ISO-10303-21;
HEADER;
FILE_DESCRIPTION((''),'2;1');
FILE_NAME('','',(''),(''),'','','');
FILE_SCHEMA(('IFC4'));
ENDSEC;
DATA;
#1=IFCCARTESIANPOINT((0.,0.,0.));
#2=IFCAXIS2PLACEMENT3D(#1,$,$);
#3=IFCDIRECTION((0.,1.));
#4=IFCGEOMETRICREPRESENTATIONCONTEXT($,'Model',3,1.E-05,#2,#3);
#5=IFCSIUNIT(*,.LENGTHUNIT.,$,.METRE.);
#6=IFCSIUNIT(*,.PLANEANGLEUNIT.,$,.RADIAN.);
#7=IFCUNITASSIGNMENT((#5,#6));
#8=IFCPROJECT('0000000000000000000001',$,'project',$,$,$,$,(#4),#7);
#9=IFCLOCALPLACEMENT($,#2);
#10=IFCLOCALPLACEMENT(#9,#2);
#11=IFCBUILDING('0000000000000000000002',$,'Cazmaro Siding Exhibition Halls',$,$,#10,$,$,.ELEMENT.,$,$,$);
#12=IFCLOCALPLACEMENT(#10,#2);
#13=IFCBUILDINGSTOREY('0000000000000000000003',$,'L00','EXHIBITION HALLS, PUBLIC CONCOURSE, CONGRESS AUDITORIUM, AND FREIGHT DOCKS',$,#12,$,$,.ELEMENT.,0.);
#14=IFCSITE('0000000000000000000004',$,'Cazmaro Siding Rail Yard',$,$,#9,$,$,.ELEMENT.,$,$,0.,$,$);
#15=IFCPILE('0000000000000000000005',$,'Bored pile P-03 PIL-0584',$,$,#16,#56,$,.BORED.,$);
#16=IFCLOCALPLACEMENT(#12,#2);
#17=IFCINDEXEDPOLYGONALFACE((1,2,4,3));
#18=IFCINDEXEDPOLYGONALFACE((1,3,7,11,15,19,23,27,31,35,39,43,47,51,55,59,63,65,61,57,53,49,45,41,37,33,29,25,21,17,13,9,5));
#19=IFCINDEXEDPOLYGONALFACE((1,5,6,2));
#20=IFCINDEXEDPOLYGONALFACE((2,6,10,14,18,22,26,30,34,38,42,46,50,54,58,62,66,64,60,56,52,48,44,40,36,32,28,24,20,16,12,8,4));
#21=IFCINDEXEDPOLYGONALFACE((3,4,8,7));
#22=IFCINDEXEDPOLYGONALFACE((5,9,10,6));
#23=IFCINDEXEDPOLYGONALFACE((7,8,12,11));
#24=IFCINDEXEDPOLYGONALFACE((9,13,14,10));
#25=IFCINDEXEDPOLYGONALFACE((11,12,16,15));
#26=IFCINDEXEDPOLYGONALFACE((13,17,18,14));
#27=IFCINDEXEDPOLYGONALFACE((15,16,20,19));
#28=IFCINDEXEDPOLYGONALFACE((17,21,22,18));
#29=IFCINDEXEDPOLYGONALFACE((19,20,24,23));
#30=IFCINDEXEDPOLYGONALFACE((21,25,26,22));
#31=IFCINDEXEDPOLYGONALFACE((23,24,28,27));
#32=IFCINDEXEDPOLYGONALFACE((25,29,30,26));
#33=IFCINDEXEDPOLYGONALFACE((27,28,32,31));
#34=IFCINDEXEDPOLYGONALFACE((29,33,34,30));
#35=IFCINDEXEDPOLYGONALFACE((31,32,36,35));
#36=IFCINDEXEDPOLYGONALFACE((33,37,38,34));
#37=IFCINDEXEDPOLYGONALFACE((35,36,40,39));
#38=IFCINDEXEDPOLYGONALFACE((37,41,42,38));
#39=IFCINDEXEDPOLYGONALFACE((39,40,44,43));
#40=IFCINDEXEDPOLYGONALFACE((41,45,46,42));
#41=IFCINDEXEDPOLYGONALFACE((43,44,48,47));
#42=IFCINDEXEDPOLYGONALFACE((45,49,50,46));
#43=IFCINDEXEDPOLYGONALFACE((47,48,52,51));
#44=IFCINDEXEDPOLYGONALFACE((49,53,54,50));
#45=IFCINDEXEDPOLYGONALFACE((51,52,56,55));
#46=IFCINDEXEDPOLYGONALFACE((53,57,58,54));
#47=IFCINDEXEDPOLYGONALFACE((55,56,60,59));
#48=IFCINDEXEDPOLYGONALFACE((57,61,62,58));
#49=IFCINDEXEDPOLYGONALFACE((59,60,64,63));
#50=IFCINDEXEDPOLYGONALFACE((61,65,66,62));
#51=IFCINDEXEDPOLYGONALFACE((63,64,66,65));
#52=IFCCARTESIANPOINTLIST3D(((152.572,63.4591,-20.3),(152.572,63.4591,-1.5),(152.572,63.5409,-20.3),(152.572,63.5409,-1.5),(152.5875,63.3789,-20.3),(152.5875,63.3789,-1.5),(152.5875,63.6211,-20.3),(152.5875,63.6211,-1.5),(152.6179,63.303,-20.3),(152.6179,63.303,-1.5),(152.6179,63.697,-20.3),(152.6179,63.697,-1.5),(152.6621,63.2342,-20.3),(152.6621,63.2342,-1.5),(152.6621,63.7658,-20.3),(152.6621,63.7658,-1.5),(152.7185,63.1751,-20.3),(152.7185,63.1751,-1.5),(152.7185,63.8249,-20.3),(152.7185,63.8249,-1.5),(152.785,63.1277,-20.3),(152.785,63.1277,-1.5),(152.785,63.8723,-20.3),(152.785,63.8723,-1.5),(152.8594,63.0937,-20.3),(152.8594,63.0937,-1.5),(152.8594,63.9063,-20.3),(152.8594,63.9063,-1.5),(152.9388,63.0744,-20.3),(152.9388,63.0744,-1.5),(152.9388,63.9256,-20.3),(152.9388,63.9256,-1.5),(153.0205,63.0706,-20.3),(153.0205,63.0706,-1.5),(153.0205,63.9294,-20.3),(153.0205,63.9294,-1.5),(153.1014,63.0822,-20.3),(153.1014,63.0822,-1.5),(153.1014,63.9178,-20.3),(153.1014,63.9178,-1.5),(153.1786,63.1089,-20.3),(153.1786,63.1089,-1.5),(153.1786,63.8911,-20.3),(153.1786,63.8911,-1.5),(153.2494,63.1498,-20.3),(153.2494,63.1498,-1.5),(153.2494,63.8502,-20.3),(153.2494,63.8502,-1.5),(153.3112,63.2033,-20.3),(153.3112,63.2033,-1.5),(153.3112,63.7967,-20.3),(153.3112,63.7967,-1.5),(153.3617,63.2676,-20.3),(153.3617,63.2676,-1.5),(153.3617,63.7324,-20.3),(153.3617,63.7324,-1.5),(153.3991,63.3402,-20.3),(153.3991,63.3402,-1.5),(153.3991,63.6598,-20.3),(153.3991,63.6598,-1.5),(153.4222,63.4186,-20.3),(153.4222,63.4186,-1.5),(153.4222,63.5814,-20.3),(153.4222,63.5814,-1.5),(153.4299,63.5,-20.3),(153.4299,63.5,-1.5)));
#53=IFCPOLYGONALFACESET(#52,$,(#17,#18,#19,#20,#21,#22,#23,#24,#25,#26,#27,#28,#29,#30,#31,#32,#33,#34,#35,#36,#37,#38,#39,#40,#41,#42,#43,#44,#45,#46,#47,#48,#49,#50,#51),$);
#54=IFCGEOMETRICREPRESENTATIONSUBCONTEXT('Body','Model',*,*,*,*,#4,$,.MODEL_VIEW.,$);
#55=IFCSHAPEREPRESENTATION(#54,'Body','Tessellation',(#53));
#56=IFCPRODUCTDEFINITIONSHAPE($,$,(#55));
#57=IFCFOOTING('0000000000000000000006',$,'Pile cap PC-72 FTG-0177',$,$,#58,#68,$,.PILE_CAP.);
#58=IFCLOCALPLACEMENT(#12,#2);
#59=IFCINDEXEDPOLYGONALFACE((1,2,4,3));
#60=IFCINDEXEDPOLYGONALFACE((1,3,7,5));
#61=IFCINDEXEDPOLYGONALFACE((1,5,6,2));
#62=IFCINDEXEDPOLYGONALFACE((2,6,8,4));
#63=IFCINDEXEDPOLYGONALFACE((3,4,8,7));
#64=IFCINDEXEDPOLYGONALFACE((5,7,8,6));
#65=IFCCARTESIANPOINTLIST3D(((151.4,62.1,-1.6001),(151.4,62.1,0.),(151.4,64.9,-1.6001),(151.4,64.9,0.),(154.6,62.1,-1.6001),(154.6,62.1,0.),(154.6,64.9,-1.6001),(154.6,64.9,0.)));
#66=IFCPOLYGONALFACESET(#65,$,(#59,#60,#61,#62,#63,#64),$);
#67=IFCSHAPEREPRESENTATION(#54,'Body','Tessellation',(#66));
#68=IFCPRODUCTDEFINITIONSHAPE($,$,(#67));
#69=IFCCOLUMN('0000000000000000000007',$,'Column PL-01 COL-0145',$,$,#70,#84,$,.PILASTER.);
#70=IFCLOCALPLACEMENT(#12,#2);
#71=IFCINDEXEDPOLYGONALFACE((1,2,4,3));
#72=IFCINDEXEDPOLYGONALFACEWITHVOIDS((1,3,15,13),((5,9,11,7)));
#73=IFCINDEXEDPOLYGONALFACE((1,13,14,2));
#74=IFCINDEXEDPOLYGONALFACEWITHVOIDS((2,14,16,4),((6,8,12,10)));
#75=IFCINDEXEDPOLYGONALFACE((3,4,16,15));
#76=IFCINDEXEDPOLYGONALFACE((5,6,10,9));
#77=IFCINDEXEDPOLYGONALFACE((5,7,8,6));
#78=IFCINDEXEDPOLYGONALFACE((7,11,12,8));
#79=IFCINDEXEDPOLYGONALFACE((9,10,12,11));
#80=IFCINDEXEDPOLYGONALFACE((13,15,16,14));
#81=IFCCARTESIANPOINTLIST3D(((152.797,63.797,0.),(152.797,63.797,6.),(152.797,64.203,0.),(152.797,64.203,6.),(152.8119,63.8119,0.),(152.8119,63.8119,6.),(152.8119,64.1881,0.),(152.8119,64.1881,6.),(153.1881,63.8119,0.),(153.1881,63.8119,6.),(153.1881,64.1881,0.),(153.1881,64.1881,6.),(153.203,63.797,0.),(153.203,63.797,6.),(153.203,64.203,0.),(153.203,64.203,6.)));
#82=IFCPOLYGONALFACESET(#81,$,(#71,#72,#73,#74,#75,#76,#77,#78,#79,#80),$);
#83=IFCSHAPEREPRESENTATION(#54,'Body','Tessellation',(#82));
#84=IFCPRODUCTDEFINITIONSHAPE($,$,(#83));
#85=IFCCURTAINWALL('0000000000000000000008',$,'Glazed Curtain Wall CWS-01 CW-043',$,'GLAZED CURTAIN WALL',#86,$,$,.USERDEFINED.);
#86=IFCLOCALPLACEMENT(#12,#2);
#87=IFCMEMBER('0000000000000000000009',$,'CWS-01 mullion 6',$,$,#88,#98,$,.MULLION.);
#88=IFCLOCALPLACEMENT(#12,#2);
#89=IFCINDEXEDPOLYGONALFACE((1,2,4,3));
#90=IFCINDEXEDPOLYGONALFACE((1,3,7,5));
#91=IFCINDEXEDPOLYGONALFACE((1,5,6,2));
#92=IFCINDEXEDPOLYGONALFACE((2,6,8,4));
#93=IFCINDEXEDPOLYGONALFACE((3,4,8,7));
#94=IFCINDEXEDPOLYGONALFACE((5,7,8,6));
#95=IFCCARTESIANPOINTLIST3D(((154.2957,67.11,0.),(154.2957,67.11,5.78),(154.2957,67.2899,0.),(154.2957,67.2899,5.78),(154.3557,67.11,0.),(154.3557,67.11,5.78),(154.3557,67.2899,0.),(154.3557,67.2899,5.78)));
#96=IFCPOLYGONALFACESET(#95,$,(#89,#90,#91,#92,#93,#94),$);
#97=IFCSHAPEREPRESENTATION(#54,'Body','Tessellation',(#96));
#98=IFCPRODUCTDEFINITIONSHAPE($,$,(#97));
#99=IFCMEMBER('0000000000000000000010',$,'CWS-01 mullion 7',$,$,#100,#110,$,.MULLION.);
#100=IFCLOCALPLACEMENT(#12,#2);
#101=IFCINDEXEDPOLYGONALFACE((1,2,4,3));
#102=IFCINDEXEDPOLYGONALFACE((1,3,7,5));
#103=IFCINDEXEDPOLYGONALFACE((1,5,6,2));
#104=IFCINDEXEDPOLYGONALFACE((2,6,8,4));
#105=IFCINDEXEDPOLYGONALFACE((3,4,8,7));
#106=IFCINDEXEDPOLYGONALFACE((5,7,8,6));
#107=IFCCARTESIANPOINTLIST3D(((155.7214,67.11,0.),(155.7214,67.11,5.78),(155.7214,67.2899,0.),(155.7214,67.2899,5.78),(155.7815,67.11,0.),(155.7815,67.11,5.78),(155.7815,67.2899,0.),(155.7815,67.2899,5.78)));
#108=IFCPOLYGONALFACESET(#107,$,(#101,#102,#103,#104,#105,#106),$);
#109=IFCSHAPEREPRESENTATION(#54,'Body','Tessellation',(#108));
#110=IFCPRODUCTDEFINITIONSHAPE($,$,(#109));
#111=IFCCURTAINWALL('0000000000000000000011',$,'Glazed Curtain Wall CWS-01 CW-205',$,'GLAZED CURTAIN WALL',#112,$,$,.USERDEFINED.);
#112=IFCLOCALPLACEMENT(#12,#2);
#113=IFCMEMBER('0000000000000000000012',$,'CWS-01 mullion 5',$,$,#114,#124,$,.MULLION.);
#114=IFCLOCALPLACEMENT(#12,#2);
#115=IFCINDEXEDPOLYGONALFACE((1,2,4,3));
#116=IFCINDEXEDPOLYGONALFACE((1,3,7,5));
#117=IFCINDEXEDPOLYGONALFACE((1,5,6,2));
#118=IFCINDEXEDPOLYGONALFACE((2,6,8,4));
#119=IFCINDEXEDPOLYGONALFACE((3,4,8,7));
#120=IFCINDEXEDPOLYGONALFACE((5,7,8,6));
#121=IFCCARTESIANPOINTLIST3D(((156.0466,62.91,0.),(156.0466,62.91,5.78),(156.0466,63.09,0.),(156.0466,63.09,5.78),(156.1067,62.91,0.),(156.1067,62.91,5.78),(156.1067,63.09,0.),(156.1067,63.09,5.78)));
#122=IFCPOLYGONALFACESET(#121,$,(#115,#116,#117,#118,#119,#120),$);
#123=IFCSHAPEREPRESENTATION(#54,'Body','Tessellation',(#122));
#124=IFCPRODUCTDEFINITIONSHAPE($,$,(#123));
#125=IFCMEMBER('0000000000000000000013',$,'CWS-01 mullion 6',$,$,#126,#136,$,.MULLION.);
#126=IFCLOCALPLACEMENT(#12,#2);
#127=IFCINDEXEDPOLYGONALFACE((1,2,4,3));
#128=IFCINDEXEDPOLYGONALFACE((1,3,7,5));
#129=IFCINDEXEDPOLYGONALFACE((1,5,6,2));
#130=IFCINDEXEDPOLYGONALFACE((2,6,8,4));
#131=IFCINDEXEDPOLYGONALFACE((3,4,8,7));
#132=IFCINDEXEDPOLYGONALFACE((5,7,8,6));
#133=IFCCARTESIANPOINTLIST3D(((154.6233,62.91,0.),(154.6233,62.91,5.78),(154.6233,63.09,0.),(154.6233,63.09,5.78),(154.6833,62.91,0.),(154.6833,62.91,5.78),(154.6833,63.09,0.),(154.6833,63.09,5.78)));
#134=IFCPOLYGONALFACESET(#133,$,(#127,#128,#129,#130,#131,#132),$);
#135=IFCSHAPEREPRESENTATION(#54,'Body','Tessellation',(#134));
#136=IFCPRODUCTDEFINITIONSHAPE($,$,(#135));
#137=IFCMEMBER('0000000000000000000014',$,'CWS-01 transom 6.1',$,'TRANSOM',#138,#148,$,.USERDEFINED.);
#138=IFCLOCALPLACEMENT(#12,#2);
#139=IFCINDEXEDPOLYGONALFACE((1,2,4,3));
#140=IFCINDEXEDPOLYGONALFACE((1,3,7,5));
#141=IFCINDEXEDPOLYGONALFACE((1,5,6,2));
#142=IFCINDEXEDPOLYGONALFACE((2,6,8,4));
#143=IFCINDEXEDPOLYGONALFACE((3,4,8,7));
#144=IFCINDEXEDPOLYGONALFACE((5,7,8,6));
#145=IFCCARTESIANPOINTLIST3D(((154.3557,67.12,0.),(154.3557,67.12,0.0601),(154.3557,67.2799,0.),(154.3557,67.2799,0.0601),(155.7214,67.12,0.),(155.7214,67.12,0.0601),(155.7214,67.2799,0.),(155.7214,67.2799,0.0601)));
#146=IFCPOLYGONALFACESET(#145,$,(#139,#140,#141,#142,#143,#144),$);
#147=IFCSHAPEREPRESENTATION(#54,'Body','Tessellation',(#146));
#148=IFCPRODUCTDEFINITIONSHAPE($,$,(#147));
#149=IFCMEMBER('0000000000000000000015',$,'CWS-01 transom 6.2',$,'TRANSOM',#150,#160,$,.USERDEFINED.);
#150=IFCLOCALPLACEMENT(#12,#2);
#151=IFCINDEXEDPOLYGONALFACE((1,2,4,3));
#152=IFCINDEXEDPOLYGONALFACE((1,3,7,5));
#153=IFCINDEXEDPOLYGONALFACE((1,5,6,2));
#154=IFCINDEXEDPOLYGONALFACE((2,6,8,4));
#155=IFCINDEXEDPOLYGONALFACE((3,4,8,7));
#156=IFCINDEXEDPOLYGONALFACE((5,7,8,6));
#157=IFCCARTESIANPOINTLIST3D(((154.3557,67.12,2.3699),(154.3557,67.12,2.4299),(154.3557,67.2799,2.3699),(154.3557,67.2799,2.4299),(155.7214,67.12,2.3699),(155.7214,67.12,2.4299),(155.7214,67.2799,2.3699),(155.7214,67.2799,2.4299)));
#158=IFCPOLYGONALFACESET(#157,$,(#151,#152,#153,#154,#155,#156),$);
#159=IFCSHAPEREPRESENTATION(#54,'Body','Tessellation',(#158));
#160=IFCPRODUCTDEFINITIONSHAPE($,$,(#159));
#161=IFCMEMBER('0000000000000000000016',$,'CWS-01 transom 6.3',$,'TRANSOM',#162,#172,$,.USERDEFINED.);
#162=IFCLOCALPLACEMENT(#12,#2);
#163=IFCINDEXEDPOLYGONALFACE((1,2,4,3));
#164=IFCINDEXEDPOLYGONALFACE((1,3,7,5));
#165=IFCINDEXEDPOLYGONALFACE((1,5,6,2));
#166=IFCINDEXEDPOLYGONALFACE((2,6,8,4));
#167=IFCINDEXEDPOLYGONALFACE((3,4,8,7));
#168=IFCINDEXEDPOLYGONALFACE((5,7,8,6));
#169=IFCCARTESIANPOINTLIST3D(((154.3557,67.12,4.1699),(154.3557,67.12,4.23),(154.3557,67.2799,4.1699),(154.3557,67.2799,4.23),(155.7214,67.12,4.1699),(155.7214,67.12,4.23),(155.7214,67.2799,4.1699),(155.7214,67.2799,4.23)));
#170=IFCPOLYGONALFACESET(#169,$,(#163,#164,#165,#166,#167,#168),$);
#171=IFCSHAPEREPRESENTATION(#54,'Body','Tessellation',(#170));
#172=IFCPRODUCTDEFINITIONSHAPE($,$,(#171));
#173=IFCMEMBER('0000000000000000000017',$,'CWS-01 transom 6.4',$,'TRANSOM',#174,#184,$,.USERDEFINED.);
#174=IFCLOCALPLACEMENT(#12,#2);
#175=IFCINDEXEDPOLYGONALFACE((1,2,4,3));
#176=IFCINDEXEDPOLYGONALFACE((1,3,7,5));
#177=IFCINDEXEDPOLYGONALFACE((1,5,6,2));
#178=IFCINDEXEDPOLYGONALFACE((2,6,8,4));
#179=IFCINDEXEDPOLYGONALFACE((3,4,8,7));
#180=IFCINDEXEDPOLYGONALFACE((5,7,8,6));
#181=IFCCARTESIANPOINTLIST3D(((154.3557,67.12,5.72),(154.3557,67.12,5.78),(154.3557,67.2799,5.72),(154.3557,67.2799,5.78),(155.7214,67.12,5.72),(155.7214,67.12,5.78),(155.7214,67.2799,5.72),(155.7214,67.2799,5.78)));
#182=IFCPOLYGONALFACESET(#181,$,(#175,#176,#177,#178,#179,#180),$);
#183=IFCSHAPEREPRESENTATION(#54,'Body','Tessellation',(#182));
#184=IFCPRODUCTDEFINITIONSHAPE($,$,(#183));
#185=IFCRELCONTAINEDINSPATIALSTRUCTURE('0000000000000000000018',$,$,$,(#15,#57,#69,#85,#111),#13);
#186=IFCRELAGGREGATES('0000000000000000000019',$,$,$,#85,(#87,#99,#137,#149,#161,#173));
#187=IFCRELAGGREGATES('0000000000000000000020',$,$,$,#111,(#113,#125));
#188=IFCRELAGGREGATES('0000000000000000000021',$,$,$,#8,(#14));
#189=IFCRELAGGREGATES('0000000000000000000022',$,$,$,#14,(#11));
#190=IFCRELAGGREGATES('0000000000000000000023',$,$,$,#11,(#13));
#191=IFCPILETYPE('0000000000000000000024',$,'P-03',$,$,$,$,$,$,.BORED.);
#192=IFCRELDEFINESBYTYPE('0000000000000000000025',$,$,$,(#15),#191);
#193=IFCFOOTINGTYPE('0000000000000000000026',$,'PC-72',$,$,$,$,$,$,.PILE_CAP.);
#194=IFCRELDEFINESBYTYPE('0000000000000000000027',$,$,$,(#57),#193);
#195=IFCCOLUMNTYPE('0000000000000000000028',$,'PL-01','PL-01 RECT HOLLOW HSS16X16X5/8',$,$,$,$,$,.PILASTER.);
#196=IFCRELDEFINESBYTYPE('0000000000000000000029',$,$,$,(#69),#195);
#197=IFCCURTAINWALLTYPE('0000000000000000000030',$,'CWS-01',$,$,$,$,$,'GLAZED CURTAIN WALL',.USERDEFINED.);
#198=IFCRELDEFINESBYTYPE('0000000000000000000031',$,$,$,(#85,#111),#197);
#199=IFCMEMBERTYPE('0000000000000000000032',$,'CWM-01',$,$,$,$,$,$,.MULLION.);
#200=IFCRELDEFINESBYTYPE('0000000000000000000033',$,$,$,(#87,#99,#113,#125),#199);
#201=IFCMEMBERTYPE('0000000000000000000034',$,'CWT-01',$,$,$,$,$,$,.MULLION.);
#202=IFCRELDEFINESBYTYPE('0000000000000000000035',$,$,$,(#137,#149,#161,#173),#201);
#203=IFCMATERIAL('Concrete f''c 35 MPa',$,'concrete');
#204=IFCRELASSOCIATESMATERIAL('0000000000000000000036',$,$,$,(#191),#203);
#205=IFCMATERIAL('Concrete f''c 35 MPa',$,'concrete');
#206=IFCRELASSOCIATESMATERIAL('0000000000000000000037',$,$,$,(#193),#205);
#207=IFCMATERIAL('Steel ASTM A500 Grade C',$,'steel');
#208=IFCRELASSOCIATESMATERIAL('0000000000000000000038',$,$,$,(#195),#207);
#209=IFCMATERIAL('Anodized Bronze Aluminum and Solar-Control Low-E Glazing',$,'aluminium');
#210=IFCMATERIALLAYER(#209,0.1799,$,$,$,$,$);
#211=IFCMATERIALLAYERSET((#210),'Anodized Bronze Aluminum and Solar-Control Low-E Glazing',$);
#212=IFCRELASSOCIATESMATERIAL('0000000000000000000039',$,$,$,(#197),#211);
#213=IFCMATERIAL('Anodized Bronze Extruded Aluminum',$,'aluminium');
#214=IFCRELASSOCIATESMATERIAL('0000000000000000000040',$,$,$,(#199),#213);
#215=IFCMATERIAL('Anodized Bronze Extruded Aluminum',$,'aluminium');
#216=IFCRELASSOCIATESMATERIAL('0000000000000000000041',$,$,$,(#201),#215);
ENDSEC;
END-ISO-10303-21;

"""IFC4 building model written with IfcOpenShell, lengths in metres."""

from ifc_helpers import new_model, si_unit, direction, frame, origin, origin_2d, place, context, subcontext, project, spatial, rectangle, hollow_rectangle, circle, extrude, material, layer, layer_set, material_profile, profile_set, type_object, element, aggregate, save


model = new_model("IFC4")

# Units and contexts
model_context = context("Model", 3, precision=1e-05, world=origin(), true_north=direction((0.0, 1.0)))
body_context = subcontext(model_context, "Body", "Model", "MODEL_VIEW")
ifc_project = project(units=[si_unit("LENGTHUNIT", "METRE"), si_unit("PLANEANGLEUNIT", "RADIAN")], contexts=[model_context])

# Site, building, storey
site_placement = place(None, origin())
site = spatial("IfcSite", under=ifc_project, at=site_placement, Name="Cazmaro Siding Rail Yard", CompositionType="ELEMENT", RefElevation=0.0)
building_placement = place(site_placement, origin())
building = spatial("IfcBuilding", under=site, at=building_placement, Name="Cazmaro Siding Exhibition Halls", CompositionType="ELEMENT")
storey_placement = place(building_placement, origin())
storey = spatial("IfcBuildingStorey", under=building, at=storey_placement, Name="L00", Description="EXHIBITION HALLS, PUBLIC CONCOURSE, CONGRESS AUDITORIUM, AND FREIGHT DOCKS", CompositionType="ELEMENT", Elevation=0.0)

# Pile
ifc_material_1 = material(Name="Concrete f'c 35 MPa", Category="concrete")
ifc_material_profile_1 = material_profile(ifc_material_1, circle(Radius=0.4299, at=origin_2d()), Name="CIDH-860")
ifc_profile_set_1 = profile_set([ifc_material_profile_1], Name="Concrete f'c 35 MPa")
pile_type = type_object("IfcPileType", Name="P-03", PredefinedType="BORED", material=ifc_profile_set_1)
pile_placement = place(storey_placement, frame((153.0, 63.5, -1.5), z_axis=(0.0, 0.0, -1.0), x_axis=(1.0, 0.0, 0.0)))
element("IfcPile", 1, at=pile_placement, inside=storey, type_object=pile_type, Name="Bored pile P-03 PIL-0584", PredefinedType="BORED", context=body_context, shape_type="SweptSolid", body=[
    extrude(circle(Radius=0.4299, at=origin_2d()), origin(), (0.0, 0.0, 1.0), 18.8),
])

# Footing
ifc_material_2 = material(Name="Concrete f'c 35 MPa", Category="concrete")
footing_type = type_object("IfcFootingType", Name="PC-72", PredefinedType="PILE_CAP", material=ifc_material_2)
footing_placement = place(storey_placement, frame((153.0, 63.5, -1.6001), z_axis=(0.0, 0.0, 1.0), x_axis=(1.0, 0.0, 0.0)))
element("IfcFooting", 2, at=footing_placement, inside=storey, type_object=footing_type, Name="Pile cap PC-72 FTG-0177", PredefinedType="PILE_CAP", context=body_context, shape_type="SweptSolid", body=[
    extrude(rectangle(XDim=3.2, YDim=2.8, at=origin_2d()), origin(), (0.0, 0.0, 1.0), 1.6001),
])

# Column
ifc_material_3 = material(Name="Steel ASTM A500 Grade C", Category="steel")
ifc_material_profile_2 = material_profile(ifc_material_3, hollow_rectangle(XDim=0.406, YDim=0.406, WallThickness=0.0149, at=origin_2d()), Name="HSS16X16X5/8")
ifc_profile_set_2 = profile_set([ifc_material_profile_2], Name="Steel ASTM A500 Grade C")
column_type = type_object("IfcColumnType", Name="PL-01", Description="PL-01 RECT HOLLOW HSS16X16X5/8", PredefinedType="PILASTER", material=ifc_profile_set_2)
column_placement = place(storey_placement, frame((153.0, 64.0, 0.0), z_axis=(0.0, 0.0, 1.0), x_axis=(1.0, 0.0, 0.0)))
element("IfcColumn", 3, at=column_placement, inside=storey, type_object=column_type, Name="Column PL-01 COL-0145", PredefinedType="PILASTER", context=body_context, shape_type="SweptSolid", body=[
    extrude(hollow_rectangle(XDim=0.406, YDim=0.406, WallThickness=0.0149, at=origin_2d()), origin(), (0.0, 0.0, 1.0), 6.0),
])

# Curtain walls, members
ifc_material_4 = material(Name="Anodized Bronze Aluminum and Solar-Control Low-E Glazing", Category="aluminium")
ifc_layer_1 = layer(ifc_material_4, 0.1799)
ifc_layer_set_1 = layer_set([ifc_layer_1], Name="Anodized Bronze Aluminum and Solar-Control Low-E Glazing")
curtain_wall_type = type_object("IfcCurtainWallType", Name="CWS-01", ElementType="GLAZED CURTAIN WALL", PredefinedType="USERDEFINED", material=ifc_layer_set_1)
curtain_wall_1_placement = place(storey_placement, origin())
curtain_wall_1 = element("IfcCurtainWall", 4, at=curtain_wall_1_placement, inside=storey, type_object=curtain_wall_type, Name="Glazed Curtain Wall CWS-01 CW-043", ObjectType="GLAZED CURTAIN WALL", PredefinedType="USERDEFINED")
ifc_material_5 = material(Name="Anodized Bronze Extruded Aluminum", Category="aluminium")
ifc_material_profile_3 = material_profile(ifc_material_5, rectangle(XDim=0.1799, YDim=0.0601, at=origin_2d()), Name="CWM-01")
ifc_profile_set_3 = profile_set([ifc_material_profile_3], Name="Anodized Bronze Extruded Aluminum")
member_type_1 = type_object("IfcMemberType", Name="CWM-01", PredefinedType="MULLION", material=ifc_profile_set_3)
member_1_placement = place(storey_placement, frame((154.3257, 67.2, 0.0), z_axis=(0.0, 0.0, 1.0), x_axis=(0.0, 1.0, 0.0)))
member_1 = element("IfcMember", 5, at=member_1_placement, type_object=member_type_1, Name="CWS-01 mullion 6", PredefinedType="MULLION", context=body_context, shape_type="SweptSolid", body=[
    extrude(rectangle(XDim=0.1799, YDim=0.0601, at=origin_2d()), origin(), (0.0, 0.0, 1.0), 5.78),
])
member_2_placement = place(storey_placement, frame((155.7515, 67.2, 0.0), z_axis=(0.0, 0.0, 1.0), x_axis=(0.0, 1.0, 0.0)))
member_2 = element("IfcMember", 6, at=member_2_placement, type_object=member_type_1, Name="CWS-01 mullion 7", PredefinedType="MULLION", context=body_context, shape_type="SweptSolid", body=[
    extrude(rectangle(XDim=0.1799, YDim=0.0601, at=origin_2d()), origin(), (0.0, 0.0, 1.0), 5.78),
])
curtain_wall_2_placement = place(storey_placement, origin())
curtain_wall_2 = element("IfcCurtainWall", 7, at=curtain_wall_2_placement, inside=storey, type_object=curtain_wall_type, Name="Glazed Curtain Wall CWS-01 CW-205", ObjectType="GLAZED CURTAIN WALL", PredefinedType="USERDEFINED")
member_3_placement = place(storey_placement, frame((156.0767, 63.0, 0.0), z_axis=(0.0, 0.0, 1.0), x_axis=(0.0, -1.0, 0.0)))
member_3 = element("IfcMember", 8, at=member_3_placement, type_object=member_type_1, Name="CWS-01 mullion 5", PredefinedType="MULLION", context=body_context, shape_type="SweptSolid", body=[
    extrude(rectangle(XDim=0.1799, YDim=0.0601, at=origin_2d()), origin(), (0.0, 0.0, 1.0), 5.78),
])
member_4_placement = place(storey_placement, frame((154.6533, 63.0, 0.0), z_axis=(0.0, 0.0, 1.0), x_axis=(0.0, -1.0, 0.0)))
member_4 = element("IfcMember", 9, at=member_4_placement, type_object=member_type_1, Name="CWS-01 mullion 6", PredefinedType="MULLION", context=body_context, shape_type="SweptSolid", body=[
    extrude(rectangle(XDim=0.1799, YDim=0.0601, at=origin_2d()), origin(), (0.0, 0.0, 1.0), 5.78),
])

# Members
ifc_material_6 = material(Name="Anodized Bronze Extruded Aluminum", Category="aluminium")
ifc_material_profile_4 = material_profile(ifc_material_6, rectangle(XDim=0.1599, YDim=0.0601, at=origin_2d()), Name="CWT-01")
ifc_profile_set_4 = profile_set([ifc_material_profile_4], Name="Anodized Bronze Extruded Aluminum")
member_type_2 = type_object("IfcMemberType", Name="CWT-01", PredefinedType="MULLION", material=ifc_profile_set_4)
member_5_placement = place(storey_placement, frame((154.3557, 67.2, 0.03), z_axis=(1.0, 0.0, 0.0), x_axis=(0.0, 1.0, 0.0)))
member_5 = element("IfcMember", 10, at=member_5_placement, type_object=member_type_2, Name="CWS-01 transom 6.1", ObjectType="TRANSOM", PredefinedType="USERDEFINED", context=body_context, shape_type="SweptSolid", body=[
    extrude(rectangle(XDim=0.1599, YDim=0.0601, at=origin_2d()), origin(), (0.0, 0.0, 1.0), 1.3657),
])
member_6_placement = place(storey_placement, frame((154.3557, 67.2, 2.3999), z_axis=(1.0, 0.0, 0.0), x_axis=(0.0, 1.0, 0.0)))
member_6 = element("IfcMember", 11, at=member_6_placement, type_object=member_type_2, Name="CWS-01 transom 6.2", ObjectType="TRANSOM", PredefinedType="USERDEFINED", context=body_context, shape_type="SweptSolid", body=[
    extrude(rectangle(XDim=0.1599, YDim=0.0601, at=origin_2d()), origin(), (0.0, 0.0, 1.0), 1.3657),
])
member_7_placement = place(storey_placement, frame((154.3557, 67.2, 4.2), z_axis=(1.0, 0.0, 0.0), x_axis=(0.0, 1.0, 0.0)))
member_7 = element("IfcMember", 12, at=member_7_placement, type_object=member_type_2, Name="CWS-01 transom 6.3", ObjectType="TRANSOM", PredefinedType="USERDEFINED", context=body_context, shape_type="SweptSolid", body=[
    extrude(rectangle(XDim=0.1599, YDim=0.0601, at=origin_2d()), origin(), (0.0, 0.0, 1.0), 1.3657),
])
member_8_placement = place(storey_placement, frame((154.3557, 67.2, 5.75), z_axis=(1.0, 0.0, 0.0), x_axis=(0.0, 1.0, 0.0)))
member_8 = element("IfcMember", 13, at=member_8_placement, type_object=member_type_2, Name="CWS-01 transom 6.4", ObjectType="TRANSOM", PredefinedType="USERDEFINED", context=body_context, shape_type="SweptSolid", body=[
    extrude(rectangle(XDim=0.1599, YDim=0.0601, at=origin_2d()), origin(), (0.0, 0.0, 1.0), 1.3657),
])

aggregate(curtain_wall_1, [member_1, member_2, member_5, member_6, member_7, member_8])
aggregate(curtain_wall_2, [member_3, member_4])

save(model, "model.ifc")
